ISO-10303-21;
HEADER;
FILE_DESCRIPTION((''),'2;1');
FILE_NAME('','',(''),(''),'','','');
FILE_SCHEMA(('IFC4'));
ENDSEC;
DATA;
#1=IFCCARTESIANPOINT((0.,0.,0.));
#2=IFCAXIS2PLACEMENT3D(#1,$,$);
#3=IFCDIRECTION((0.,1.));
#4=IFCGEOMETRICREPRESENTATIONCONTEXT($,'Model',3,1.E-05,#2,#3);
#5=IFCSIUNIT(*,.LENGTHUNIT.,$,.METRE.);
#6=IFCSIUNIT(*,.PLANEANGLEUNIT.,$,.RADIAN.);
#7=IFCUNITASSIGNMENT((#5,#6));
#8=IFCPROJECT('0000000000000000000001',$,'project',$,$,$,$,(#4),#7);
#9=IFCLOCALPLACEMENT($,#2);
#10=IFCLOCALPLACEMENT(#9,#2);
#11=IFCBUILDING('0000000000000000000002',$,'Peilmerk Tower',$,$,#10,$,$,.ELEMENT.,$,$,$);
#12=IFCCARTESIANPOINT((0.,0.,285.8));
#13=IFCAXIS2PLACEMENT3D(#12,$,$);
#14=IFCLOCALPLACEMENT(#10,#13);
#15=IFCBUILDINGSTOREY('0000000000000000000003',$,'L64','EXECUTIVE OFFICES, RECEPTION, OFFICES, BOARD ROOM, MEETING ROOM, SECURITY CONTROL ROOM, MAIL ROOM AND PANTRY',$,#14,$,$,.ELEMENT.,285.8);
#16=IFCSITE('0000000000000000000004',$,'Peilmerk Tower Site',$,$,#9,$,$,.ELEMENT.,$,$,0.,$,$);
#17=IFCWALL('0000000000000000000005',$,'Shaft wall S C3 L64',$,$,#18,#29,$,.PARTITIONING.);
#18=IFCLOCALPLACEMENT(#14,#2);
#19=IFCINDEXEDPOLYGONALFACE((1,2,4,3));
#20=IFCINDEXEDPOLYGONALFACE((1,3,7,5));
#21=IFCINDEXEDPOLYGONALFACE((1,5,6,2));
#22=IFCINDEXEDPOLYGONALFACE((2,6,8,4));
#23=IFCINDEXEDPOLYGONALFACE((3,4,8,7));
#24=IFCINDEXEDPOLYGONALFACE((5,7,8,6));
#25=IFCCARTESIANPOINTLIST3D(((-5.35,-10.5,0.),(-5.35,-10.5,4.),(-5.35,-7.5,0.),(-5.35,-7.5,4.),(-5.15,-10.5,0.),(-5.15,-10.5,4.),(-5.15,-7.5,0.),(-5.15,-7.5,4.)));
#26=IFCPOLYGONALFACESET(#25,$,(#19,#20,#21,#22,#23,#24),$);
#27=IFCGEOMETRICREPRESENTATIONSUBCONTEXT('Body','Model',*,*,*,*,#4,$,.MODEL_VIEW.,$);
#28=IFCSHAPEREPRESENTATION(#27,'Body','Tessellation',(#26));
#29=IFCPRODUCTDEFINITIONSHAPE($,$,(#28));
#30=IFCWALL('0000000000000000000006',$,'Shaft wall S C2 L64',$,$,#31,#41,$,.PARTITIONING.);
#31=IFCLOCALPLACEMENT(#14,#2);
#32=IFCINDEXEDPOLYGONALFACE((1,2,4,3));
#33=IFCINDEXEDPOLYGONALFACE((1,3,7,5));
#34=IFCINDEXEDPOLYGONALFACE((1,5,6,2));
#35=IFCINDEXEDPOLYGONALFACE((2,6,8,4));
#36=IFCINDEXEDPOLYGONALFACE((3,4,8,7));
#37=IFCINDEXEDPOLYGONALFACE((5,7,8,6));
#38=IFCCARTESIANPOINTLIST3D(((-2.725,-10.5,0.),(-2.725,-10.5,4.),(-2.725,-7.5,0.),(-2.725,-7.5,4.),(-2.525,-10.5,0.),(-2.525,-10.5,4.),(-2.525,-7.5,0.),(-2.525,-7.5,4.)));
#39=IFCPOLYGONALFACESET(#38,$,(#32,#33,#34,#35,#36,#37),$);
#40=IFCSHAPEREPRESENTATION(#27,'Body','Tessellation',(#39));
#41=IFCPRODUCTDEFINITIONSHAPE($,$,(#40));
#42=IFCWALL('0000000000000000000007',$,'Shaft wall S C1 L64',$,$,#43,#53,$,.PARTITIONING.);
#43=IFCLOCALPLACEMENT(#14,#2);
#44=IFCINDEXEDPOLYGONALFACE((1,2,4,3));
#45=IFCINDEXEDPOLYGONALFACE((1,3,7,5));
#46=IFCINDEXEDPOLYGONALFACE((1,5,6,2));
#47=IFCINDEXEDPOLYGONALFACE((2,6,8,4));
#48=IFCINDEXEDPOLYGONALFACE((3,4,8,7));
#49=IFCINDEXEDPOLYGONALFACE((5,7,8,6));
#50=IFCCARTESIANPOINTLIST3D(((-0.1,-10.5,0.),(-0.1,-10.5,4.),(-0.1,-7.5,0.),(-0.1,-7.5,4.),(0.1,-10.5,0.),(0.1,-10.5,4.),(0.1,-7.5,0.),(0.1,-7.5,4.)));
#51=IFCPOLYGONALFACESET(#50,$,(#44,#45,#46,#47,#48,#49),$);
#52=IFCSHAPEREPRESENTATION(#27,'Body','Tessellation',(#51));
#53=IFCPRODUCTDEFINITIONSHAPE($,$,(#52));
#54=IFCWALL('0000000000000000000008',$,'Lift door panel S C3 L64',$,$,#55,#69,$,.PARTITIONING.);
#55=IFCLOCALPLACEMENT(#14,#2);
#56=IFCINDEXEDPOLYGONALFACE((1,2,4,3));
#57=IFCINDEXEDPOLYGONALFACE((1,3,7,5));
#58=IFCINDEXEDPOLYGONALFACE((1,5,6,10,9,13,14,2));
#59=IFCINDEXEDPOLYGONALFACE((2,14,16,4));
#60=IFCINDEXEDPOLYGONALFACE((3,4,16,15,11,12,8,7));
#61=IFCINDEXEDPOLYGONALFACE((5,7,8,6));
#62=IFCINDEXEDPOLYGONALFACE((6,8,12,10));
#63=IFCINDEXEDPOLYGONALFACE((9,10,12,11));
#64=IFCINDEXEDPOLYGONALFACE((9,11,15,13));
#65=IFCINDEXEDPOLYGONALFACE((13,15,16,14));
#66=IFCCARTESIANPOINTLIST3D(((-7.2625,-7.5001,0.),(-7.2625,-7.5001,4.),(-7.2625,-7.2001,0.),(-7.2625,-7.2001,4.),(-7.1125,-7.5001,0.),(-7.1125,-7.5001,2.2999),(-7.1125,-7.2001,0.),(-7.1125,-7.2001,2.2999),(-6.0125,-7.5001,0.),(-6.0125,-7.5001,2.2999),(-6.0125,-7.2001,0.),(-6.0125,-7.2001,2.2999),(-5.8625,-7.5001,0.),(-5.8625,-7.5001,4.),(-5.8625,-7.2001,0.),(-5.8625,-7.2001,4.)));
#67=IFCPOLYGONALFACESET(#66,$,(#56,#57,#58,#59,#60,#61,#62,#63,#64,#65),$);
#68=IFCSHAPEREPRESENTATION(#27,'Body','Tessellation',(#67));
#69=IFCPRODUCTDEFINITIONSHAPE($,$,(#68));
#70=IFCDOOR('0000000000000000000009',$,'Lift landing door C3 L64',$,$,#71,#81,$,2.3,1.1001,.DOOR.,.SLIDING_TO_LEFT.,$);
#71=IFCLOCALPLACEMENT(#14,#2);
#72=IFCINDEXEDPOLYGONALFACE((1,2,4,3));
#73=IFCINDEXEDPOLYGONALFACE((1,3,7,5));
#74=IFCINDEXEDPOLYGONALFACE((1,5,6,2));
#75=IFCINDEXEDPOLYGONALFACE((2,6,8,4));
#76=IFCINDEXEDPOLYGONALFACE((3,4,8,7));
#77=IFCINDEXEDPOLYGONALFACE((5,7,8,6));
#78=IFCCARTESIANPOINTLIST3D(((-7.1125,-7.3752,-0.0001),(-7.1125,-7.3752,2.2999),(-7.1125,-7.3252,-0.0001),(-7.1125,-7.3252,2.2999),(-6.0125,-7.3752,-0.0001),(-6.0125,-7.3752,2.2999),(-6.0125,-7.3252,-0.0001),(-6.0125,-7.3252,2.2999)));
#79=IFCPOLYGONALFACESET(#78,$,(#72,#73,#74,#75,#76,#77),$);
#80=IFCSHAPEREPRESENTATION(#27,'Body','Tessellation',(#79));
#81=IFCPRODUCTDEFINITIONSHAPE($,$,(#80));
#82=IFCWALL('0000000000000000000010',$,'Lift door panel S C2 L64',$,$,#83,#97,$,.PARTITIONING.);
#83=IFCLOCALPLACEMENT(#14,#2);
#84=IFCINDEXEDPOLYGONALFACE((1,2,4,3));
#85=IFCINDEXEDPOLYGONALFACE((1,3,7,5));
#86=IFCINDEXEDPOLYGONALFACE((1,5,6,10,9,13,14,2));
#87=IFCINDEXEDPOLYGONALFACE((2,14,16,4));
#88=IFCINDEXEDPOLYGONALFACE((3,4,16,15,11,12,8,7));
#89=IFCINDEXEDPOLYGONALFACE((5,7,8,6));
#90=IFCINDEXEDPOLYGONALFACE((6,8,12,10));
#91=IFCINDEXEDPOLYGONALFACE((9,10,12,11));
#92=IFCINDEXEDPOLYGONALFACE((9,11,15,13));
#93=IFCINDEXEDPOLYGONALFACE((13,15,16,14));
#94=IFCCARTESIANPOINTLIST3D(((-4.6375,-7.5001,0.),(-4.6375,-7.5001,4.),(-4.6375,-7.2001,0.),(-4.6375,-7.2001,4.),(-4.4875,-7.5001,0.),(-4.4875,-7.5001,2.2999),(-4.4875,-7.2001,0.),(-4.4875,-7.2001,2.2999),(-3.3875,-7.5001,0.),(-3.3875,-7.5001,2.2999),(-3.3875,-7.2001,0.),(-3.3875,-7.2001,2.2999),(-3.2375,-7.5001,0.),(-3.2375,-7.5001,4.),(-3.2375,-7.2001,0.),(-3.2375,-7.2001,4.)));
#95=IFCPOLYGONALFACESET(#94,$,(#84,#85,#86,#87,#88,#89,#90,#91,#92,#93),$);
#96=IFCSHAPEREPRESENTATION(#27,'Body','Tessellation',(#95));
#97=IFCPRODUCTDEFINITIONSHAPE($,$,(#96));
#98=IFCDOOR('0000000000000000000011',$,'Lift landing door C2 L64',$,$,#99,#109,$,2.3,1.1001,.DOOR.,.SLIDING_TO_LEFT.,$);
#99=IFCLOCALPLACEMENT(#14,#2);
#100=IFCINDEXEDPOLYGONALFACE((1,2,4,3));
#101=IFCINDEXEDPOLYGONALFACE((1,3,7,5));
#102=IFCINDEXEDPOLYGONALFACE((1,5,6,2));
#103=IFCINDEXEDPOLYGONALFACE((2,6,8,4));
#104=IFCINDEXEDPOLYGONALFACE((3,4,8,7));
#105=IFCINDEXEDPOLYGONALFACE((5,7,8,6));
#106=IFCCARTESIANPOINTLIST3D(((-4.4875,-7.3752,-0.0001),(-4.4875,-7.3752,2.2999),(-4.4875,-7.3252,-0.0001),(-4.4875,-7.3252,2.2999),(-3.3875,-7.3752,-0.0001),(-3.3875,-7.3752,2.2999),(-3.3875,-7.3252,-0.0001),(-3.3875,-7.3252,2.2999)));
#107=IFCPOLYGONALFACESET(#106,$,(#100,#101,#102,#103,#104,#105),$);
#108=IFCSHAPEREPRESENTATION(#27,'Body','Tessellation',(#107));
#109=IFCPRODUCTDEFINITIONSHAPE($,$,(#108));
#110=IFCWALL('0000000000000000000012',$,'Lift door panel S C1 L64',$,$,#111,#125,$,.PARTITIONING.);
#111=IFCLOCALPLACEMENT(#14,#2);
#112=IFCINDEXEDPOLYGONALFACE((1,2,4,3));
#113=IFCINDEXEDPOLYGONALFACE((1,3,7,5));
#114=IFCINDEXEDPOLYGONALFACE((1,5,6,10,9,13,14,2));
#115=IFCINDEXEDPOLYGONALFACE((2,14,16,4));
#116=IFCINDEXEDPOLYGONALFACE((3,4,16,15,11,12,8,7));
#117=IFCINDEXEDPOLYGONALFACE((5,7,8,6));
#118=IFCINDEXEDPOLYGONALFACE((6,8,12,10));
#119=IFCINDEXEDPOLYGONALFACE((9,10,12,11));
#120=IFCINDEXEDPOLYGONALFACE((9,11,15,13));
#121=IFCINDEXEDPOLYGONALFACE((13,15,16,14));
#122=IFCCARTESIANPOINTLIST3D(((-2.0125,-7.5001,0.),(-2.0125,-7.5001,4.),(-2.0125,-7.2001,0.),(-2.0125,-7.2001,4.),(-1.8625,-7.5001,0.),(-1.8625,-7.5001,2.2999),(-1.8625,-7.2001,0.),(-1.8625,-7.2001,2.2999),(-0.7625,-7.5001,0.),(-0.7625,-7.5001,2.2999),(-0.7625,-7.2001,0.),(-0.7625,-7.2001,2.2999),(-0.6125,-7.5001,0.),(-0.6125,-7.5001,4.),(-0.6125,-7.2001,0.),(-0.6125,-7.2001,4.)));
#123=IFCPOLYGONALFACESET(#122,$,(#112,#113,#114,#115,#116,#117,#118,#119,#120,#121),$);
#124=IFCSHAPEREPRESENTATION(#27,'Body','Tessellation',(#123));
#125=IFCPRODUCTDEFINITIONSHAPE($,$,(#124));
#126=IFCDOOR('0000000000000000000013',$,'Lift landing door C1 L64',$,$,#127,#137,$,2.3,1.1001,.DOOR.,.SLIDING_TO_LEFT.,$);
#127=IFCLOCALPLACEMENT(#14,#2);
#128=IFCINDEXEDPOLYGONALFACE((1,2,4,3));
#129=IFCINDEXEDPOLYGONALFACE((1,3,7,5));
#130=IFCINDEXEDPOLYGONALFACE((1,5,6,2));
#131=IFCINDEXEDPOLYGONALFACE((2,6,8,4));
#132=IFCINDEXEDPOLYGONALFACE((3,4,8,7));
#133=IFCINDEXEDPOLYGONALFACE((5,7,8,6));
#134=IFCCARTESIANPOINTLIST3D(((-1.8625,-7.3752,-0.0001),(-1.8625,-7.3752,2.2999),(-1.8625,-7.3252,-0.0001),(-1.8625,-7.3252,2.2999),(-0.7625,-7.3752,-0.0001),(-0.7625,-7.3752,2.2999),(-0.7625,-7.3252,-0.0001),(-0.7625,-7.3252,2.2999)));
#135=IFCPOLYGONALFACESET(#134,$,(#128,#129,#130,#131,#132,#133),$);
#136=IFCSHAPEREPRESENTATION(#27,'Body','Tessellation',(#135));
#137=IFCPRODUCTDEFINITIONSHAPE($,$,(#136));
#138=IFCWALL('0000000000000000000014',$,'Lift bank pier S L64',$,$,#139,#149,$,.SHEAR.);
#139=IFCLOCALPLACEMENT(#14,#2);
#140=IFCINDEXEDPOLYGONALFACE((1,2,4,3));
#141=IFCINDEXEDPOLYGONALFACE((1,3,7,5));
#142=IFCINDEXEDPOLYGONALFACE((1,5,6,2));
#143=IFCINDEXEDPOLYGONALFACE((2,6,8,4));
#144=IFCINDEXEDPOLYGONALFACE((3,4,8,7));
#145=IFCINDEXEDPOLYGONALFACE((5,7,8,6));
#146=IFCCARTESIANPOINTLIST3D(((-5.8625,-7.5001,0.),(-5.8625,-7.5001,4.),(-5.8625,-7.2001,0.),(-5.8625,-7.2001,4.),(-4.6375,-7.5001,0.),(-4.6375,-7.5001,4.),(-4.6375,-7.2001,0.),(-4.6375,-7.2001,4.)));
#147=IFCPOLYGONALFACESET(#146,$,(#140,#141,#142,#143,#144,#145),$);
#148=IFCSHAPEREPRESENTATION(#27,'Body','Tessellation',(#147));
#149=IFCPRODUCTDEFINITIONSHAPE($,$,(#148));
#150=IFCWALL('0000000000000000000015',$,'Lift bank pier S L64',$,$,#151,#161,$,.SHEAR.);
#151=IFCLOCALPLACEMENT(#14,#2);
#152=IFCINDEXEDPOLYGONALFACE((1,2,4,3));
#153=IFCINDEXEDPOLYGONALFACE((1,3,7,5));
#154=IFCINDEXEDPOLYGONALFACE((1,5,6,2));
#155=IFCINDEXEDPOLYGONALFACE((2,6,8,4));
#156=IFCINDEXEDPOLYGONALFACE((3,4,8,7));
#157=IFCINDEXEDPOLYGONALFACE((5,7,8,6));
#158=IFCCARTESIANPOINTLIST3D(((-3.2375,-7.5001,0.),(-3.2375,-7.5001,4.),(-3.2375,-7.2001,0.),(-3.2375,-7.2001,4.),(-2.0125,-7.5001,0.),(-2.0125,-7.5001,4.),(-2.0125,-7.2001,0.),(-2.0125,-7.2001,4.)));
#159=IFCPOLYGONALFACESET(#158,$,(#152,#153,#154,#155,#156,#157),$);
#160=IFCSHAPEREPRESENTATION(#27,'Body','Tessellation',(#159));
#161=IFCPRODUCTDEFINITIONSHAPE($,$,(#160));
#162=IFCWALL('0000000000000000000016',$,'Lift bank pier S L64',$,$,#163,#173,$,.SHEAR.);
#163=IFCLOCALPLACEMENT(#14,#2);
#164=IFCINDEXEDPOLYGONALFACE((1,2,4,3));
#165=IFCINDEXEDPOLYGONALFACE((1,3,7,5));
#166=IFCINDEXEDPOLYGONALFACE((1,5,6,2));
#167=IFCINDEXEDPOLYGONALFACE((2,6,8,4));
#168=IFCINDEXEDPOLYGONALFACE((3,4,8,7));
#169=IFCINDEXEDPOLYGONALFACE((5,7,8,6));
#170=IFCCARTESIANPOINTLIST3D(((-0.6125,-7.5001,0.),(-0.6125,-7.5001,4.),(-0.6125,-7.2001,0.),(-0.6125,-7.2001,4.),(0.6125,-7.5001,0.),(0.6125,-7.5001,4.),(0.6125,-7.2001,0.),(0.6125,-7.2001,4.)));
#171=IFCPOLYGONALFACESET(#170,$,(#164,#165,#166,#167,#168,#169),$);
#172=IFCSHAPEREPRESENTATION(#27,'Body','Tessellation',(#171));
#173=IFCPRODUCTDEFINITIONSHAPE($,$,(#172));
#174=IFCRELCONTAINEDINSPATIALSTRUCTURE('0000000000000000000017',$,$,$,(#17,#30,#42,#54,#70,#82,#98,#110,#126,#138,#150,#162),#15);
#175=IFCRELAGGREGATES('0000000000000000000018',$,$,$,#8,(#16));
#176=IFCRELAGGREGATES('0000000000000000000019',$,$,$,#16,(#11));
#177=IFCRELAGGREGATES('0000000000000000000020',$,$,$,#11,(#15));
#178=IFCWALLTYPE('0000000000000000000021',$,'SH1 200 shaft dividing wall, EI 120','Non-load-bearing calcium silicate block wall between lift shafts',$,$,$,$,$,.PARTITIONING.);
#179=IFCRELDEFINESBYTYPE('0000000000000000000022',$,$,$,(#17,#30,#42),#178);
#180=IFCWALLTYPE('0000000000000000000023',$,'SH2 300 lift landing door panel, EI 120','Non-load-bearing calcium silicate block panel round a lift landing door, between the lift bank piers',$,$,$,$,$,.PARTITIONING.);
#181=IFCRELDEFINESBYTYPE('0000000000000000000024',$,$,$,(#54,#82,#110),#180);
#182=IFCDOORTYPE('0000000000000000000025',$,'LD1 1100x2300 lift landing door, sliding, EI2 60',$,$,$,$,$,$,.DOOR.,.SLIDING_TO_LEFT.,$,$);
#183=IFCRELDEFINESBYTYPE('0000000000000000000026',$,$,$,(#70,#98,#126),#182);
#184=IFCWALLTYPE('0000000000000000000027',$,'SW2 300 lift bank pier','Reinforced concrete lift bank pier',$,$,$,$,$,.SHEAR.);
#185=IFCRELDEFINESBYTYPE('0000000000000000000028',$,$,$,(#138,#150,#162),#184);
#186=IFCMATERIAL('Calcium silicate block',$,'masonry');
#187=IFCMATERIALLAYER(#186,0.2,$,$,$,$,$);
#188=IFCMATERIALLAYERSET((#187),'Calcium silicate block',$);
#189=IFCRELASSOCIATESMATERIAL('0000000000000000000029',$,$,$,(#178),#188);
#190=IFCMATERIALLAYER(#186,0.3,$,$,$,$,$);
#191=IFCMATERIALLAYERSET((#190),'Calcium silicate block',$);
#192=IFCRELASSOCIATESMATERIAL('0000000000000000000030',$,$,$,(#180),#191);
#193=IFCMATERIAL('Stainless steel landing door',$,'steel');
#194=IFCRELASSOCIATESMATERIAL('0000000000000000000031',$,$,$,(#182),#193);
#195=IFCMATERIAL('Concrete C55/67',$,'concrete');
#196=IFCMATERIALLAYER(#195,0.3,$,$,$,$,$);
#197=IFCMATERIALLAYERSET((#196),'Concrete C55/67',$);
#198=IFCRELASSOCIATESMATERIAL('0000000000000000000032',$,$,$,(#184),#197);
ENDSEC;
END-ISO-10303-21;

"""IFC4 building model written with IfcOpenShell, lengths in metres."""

from ifc_helpers import new_model, si_unit, direction, frame, frame_2d, origin, place, context, subcontext, project, spatial, rectangle, extrude, material, layer, layer_set, type_object, element, fill, save


model = new_model("IFC4")

# Units and contexts
model_context = context("Model", 3, precision=1e-05, world=origin(), true_north=direction((0.0, 1.0)))
body_context = subcontext(model_context, "Body", "Model", "MODEL_VIEW")
ifc_project = project(units=[si_unit("LENGTHUNIT", "METRE"), si_unit("PLANEANGLEUNIT", "RADIAN")], contexts=[model_context])

# Site, building, storey
site_placement = place(None, origin())
site = spatial("IfcSite", under=ifc_project, at=site_placement, Name="Peilmerk Tower Site", CompositionType="ELEMENT", RefElevation=0.0)
building_placement = place(site_placement, origin())
building = spatial("IfcBuilding", under=site, at=building_placement, Name="Peilmerk Tower", CompositionType="ELEMENT")
storey_placement = place(building_placement, frame((0.0, 0.0, 285.8)))
storey = spatial("IfcBuildingStorey", under=building, at=storey_placement, Name="L64", Description="EXECUTIVE OFFICES, RECEPTION, OFFICES, BOARD ROOM, MEETING ROOM, SECURITY CONTROL ROOM, MAIL ROOM AND PANTRY", CompositionType="ELEMENT", Elevation=285.8)

# Walls
ifc_material_1 = material(Name="Calcium silicate block", Category="masonry")
ifc_layer_1 = layer(ifc_material_1, 0.2)
ifc_layer_set_1 = layer_set([ifc_layer_1], Name="Calcium silicate block")
wall_type_1 = type_object("IfcWallType", Name="SH1 200 shaft dividing wall, EI 120", Description="Non-load-bearing calcium silicate block wall between lift shafts", PredefinedType="PARTITIONING", material=ifc_layer_set_1)
for number, where, z_axis, x_axis, name in (
    (1, (-5.25, -10.5, 0.0), (0.0, 0.0, 1.0), (0.0, 1.0, 0.0), "Shaft wall S C3 L64"),
    (2, (-2.625, -10.5, 0.0), (0.0, 0.0, 1.0), (0.0, 1.0, 0.0), "Shaft wall S C2 L64"),
    (3, (0.0, -10.5, 0.0), (0.0, 0.0, 1.0), (0.0, 1.0, 0.0), "Shaft wall S C1 L64"),
):
    element("IfcWall", number, at=place(storey_placement, frame(where, z_axis=z_axis, x_axis=x_axis)), inside=storey, type_object=wall_type_1, Name=name, PredefinedType="PARTITIONING", context=body_context, shape_type="SweptSolid", body=[
        extrude(rectangle(XDim=3.0, YDim=0.2, at=frame_2d((1.5, 0.0))), origin(), (0.0, 0.0, 1.0), 4.0),
    ])

# Walls, openings, doors
ifc_layer_2 = layer(ifc_material_1, 0.3)
ifc_layer_set_2 = layer_set([ifc_layer_2], Name="Calcium silicate block")
wall_type_2 = type_object("IfcWallType", Name="SH2 300 lift landing door panel, EI 120", Description="Non-load-bearing calcium silicate block panel round a lift landing door, between the lift bank piers", PredefinedType="PARTITIONING", material=ifc_layer_set_2)
wall_1_placement = place(storey_placement, frame((-7.2625, -7.3501, 0.0), z_axis=(0.0, 0.0, 1.0), x_axis=(1.0, 0.0, 0.0)))
wall_1 = element("IfcWall", 4, at=wall_1_placement, inside=storey, type_object=wall_type_2, Name="Lift door panel S C3 L64", PredefinedType="PARTITIONING", context=body_context, shape_type="SweptSolid", body=[
    extrude(rectangle(XDim=1.3999, YDim=0.3, at=frame_2d((0.7, 0.0))), origin(), (0.0, 0.0, 1.0), 4.0),
])
opening_1_placement = place(wall_1_placement, frame((0.1499, 0.0, 0.0)))
opening_1 = element("IfcOpeningElement", 5, at=opening_1_placement, cuts=wall_1, PredefinedType="OPENING", context=body_context, shape_type="SweptSolid", body=[
    extrude(rectangle(XDim=1.1001, YDim=2.3, at=frame_2d((0.55, 1.1499))), frame((0.0, 0.1599, 0.0), z_axis=(0.0, -1.0, 0.0), x_axis=(1.0, 0.0, 0.0)), (0.0, 0.0, 1.0), 0.3201),
])
ifc_material_2 = material(Name="Stainless steel landing door", Category="steel")
door_type = type_object("IfcDoorType", Name="LD1 1100x2300 lift landing door, sliding, EI2 60", OperationType="SLIDING_TO_LEFT", PredefinedType="DOOR", material=ifc_material_2)
door_1_placement = place(opening_1_placement, origin())
door_1 = element("IfcDoor", 6, at=door_1_placement, inside=storey, type_object=door_type, Name="Lift landing door C3 L64", OperationType="SLIDING_TO_LEFT", OverallHeight=2.3, OverallWidth=1.1001, PredefinedType="DOOR", context=body_context, shape_type="SweptSolid", body=[
    extrude(rectangle(XDim=1.1001, YDim=2.3, at=frame_2d((0.55, 1.1499))), frame((0.0, 0.0249, 0.0), z_axis=(0.0, -1.0, 0.0), x_axis=(1.0, 0.0, 0.0)), (0.0, 0.0, 1.0), 0.05),
])
fill(opening_1, door_1)
wall_2_placement = place(storey_placement, frame((-4.6375, -7.3501, 0.0), z_axis=(0.0, 0.0, 1.0), x_axis=(1.0, 0.0, 0.0)))
wall_2 = element("IfcWall", 7, at=wall_2_placement, inside=storey, type_object=wall_type_2, Name="Lift door panel S C2 L64", PredefinedType="PARTITIONING", context=body_context, shape_type="SweptSolid", body=[
    extrude(rectangle(XDim=1.3999, YDim=0.3, at=frame_2d((0.7, 0.0))), origin(), (0.0, 0.0, 1.0), 4.0),
])
opening_2_placement = place(wall_2_placement, frame((0.1499, 0.0, 0.0)))
opening_2 = element("IfcOpeningElement", 8, at=opening_2_placement, cuts=wall_2, PredefinedType="OPENING", context=body_context, shape_type="SweptSolid", body=[
    extrude(rectangle(XDim=1.1001, YDim=2.3, at=frame_2d((0.55, 1.1499))), frame((0.0, 0.1599, 0.0), z_axis=(0.0, -1.0, 0.0), x_axis=(1.0, 0.0, 0.0)), (0.0, 0.0, 1.0), 0.3201),
])
door_2_placement = place(opening_2_placement, origin())
door_2 = element("IfcDoor", 9, at=door_2_placement, inside=storey, type_object=door_type, Name="Lift landing door C2 L64", OperationType="SLIDING_TO_LEFT", OverallHeight=2.3, OverallWidth=1.1001, PredefinedType="DOOR", context=body_context, shape_type="SweptSolid", body=[
    extrude(rectangle(XDim=1.1001, YDim=2.3, at=frame_2d((0.55, 1.1499))), frame((0.0, 0.0249, 0.0), z_axis=(0.0, -1.0, 0.0), x_axis=(1.0, 0.0, 0.0)), (0.0, 0.0, 1.0), 0.05),
])
fill(opening_2, door_2)
wall_3_placement = place(storey_placement, frame((-2.0125, -7.3501, 0.0), z_axis=(0.0, 0.0, 1.0), x_axis=(1.0, 0.0, 0.0)))
wall_3 = element("IfcWall", 10, at=wall_3_placement, inside=storey, type_object=wall_type_2, Name="Lift door panel S C1 L64", PredefinedType="PARTITIONING", context=body_context, shape_type="SweptSolid", body=[
    extrude(rectangle(XDim=1.3999, YDim=0.3, at=frame_2d((0.7, 0.0))), origin(), (0.0, 0.0, 1.0), 4.0),
])
opening_3_placement = place(wall_3_placement, frame((0.1499, 0.0, 0.0)))
opening_3 = element("IfcOpeningElement", 11, at=opening_3_placement, cuts=wall_3, PredefinedType="OPENING", context=body_context, shape_type="SweptSolid", body=[
    extrude(rectangle(XDim=1.1001, YDim=2.3, at=frame_2d((0.55, 1.1499))), frame((0.0, 0.1599, 0.0), z_axis=(0.0, -1.0, 0.0), x_axis=(1.0, 0.0, 0.0)), (0.0, 0.0, 1.0), 0.3201),
])
door_3_placement = place(opening_3_placement, origin())
door_3 = element("IfcDoor", 12, at=door_3_placement, inside=storey, type_object=door_type, Name="Lift landing door C1 L64", OperationType="SLIDING_TO_LEFT", OverallHeight=2.3, OverallWidth=1.1001, PredefinedType="DOOR", context=body_context, shape_type="SweptSolid", body=[
    extrude(rectangle(XDim=1.1001, YDim=2.3, at=frame_2d((0.55, 1.1499))), frame((0.0, 0.0249, 0.0), z_axis=(0.0, -1.0, 0.0), x_axis=(1.0, 0.0, 0.0)), (0.0, 0.0, 1.0), 0.05),
])
fill(opening_3, door_3)

# Walls
ifc_material_3 = material(Name="Concrete C55/67", Category="concrete")
ifc_layer_3 = layer(ifc_material_3, 0.3)
ifc_layer_set_3 = layer_set([ifc_layer_3], Name="Concrete C55/67")
wall_type_3 = type_object("IfcWallType", Name="SW2 300 lift bank pier", Description="Reinforced concrete lift bank pier", PredefinedType="SHEAR", material=ifc_layer_set_3)
for number, where, z_axis, x_axis, name in (
    (13, (-5.8625, -7.3501, 0.0), (0.0, 0.0, 1.0), (1.0, 0.0, 0.0), "Lift bank pier S L64"),
    (14, (-3.2375, -7.3501, 0.0), (0.0, 0.0, 1.0), (1.0, 0.0, 0.0), "Lift bank pier S L64"),
    (15, (-0.6125, -7.3501, 0.0), (0.0, 0.0, 1.0), (1.0, 0.0, 0.0), "Lift bank pier S L64"),
):
    element("IfcWall", number, at=place(storey_placement, frame(where, z_axis=z_axis, x_axis=x_axis)), inside=storey, type_object=wall_type_3, Name=name, PredefinedType="SHEAR", context=body_context, shape_type="SweptSolid", body=[
        extrude(rectangle(XDim=1.2251, YDim=0.3, at=frame_2d((0.6125, 0.0))), origin(), (0.0, 0.0, 1.0), 4.0),
    ])

save(model, "model.ifc")
